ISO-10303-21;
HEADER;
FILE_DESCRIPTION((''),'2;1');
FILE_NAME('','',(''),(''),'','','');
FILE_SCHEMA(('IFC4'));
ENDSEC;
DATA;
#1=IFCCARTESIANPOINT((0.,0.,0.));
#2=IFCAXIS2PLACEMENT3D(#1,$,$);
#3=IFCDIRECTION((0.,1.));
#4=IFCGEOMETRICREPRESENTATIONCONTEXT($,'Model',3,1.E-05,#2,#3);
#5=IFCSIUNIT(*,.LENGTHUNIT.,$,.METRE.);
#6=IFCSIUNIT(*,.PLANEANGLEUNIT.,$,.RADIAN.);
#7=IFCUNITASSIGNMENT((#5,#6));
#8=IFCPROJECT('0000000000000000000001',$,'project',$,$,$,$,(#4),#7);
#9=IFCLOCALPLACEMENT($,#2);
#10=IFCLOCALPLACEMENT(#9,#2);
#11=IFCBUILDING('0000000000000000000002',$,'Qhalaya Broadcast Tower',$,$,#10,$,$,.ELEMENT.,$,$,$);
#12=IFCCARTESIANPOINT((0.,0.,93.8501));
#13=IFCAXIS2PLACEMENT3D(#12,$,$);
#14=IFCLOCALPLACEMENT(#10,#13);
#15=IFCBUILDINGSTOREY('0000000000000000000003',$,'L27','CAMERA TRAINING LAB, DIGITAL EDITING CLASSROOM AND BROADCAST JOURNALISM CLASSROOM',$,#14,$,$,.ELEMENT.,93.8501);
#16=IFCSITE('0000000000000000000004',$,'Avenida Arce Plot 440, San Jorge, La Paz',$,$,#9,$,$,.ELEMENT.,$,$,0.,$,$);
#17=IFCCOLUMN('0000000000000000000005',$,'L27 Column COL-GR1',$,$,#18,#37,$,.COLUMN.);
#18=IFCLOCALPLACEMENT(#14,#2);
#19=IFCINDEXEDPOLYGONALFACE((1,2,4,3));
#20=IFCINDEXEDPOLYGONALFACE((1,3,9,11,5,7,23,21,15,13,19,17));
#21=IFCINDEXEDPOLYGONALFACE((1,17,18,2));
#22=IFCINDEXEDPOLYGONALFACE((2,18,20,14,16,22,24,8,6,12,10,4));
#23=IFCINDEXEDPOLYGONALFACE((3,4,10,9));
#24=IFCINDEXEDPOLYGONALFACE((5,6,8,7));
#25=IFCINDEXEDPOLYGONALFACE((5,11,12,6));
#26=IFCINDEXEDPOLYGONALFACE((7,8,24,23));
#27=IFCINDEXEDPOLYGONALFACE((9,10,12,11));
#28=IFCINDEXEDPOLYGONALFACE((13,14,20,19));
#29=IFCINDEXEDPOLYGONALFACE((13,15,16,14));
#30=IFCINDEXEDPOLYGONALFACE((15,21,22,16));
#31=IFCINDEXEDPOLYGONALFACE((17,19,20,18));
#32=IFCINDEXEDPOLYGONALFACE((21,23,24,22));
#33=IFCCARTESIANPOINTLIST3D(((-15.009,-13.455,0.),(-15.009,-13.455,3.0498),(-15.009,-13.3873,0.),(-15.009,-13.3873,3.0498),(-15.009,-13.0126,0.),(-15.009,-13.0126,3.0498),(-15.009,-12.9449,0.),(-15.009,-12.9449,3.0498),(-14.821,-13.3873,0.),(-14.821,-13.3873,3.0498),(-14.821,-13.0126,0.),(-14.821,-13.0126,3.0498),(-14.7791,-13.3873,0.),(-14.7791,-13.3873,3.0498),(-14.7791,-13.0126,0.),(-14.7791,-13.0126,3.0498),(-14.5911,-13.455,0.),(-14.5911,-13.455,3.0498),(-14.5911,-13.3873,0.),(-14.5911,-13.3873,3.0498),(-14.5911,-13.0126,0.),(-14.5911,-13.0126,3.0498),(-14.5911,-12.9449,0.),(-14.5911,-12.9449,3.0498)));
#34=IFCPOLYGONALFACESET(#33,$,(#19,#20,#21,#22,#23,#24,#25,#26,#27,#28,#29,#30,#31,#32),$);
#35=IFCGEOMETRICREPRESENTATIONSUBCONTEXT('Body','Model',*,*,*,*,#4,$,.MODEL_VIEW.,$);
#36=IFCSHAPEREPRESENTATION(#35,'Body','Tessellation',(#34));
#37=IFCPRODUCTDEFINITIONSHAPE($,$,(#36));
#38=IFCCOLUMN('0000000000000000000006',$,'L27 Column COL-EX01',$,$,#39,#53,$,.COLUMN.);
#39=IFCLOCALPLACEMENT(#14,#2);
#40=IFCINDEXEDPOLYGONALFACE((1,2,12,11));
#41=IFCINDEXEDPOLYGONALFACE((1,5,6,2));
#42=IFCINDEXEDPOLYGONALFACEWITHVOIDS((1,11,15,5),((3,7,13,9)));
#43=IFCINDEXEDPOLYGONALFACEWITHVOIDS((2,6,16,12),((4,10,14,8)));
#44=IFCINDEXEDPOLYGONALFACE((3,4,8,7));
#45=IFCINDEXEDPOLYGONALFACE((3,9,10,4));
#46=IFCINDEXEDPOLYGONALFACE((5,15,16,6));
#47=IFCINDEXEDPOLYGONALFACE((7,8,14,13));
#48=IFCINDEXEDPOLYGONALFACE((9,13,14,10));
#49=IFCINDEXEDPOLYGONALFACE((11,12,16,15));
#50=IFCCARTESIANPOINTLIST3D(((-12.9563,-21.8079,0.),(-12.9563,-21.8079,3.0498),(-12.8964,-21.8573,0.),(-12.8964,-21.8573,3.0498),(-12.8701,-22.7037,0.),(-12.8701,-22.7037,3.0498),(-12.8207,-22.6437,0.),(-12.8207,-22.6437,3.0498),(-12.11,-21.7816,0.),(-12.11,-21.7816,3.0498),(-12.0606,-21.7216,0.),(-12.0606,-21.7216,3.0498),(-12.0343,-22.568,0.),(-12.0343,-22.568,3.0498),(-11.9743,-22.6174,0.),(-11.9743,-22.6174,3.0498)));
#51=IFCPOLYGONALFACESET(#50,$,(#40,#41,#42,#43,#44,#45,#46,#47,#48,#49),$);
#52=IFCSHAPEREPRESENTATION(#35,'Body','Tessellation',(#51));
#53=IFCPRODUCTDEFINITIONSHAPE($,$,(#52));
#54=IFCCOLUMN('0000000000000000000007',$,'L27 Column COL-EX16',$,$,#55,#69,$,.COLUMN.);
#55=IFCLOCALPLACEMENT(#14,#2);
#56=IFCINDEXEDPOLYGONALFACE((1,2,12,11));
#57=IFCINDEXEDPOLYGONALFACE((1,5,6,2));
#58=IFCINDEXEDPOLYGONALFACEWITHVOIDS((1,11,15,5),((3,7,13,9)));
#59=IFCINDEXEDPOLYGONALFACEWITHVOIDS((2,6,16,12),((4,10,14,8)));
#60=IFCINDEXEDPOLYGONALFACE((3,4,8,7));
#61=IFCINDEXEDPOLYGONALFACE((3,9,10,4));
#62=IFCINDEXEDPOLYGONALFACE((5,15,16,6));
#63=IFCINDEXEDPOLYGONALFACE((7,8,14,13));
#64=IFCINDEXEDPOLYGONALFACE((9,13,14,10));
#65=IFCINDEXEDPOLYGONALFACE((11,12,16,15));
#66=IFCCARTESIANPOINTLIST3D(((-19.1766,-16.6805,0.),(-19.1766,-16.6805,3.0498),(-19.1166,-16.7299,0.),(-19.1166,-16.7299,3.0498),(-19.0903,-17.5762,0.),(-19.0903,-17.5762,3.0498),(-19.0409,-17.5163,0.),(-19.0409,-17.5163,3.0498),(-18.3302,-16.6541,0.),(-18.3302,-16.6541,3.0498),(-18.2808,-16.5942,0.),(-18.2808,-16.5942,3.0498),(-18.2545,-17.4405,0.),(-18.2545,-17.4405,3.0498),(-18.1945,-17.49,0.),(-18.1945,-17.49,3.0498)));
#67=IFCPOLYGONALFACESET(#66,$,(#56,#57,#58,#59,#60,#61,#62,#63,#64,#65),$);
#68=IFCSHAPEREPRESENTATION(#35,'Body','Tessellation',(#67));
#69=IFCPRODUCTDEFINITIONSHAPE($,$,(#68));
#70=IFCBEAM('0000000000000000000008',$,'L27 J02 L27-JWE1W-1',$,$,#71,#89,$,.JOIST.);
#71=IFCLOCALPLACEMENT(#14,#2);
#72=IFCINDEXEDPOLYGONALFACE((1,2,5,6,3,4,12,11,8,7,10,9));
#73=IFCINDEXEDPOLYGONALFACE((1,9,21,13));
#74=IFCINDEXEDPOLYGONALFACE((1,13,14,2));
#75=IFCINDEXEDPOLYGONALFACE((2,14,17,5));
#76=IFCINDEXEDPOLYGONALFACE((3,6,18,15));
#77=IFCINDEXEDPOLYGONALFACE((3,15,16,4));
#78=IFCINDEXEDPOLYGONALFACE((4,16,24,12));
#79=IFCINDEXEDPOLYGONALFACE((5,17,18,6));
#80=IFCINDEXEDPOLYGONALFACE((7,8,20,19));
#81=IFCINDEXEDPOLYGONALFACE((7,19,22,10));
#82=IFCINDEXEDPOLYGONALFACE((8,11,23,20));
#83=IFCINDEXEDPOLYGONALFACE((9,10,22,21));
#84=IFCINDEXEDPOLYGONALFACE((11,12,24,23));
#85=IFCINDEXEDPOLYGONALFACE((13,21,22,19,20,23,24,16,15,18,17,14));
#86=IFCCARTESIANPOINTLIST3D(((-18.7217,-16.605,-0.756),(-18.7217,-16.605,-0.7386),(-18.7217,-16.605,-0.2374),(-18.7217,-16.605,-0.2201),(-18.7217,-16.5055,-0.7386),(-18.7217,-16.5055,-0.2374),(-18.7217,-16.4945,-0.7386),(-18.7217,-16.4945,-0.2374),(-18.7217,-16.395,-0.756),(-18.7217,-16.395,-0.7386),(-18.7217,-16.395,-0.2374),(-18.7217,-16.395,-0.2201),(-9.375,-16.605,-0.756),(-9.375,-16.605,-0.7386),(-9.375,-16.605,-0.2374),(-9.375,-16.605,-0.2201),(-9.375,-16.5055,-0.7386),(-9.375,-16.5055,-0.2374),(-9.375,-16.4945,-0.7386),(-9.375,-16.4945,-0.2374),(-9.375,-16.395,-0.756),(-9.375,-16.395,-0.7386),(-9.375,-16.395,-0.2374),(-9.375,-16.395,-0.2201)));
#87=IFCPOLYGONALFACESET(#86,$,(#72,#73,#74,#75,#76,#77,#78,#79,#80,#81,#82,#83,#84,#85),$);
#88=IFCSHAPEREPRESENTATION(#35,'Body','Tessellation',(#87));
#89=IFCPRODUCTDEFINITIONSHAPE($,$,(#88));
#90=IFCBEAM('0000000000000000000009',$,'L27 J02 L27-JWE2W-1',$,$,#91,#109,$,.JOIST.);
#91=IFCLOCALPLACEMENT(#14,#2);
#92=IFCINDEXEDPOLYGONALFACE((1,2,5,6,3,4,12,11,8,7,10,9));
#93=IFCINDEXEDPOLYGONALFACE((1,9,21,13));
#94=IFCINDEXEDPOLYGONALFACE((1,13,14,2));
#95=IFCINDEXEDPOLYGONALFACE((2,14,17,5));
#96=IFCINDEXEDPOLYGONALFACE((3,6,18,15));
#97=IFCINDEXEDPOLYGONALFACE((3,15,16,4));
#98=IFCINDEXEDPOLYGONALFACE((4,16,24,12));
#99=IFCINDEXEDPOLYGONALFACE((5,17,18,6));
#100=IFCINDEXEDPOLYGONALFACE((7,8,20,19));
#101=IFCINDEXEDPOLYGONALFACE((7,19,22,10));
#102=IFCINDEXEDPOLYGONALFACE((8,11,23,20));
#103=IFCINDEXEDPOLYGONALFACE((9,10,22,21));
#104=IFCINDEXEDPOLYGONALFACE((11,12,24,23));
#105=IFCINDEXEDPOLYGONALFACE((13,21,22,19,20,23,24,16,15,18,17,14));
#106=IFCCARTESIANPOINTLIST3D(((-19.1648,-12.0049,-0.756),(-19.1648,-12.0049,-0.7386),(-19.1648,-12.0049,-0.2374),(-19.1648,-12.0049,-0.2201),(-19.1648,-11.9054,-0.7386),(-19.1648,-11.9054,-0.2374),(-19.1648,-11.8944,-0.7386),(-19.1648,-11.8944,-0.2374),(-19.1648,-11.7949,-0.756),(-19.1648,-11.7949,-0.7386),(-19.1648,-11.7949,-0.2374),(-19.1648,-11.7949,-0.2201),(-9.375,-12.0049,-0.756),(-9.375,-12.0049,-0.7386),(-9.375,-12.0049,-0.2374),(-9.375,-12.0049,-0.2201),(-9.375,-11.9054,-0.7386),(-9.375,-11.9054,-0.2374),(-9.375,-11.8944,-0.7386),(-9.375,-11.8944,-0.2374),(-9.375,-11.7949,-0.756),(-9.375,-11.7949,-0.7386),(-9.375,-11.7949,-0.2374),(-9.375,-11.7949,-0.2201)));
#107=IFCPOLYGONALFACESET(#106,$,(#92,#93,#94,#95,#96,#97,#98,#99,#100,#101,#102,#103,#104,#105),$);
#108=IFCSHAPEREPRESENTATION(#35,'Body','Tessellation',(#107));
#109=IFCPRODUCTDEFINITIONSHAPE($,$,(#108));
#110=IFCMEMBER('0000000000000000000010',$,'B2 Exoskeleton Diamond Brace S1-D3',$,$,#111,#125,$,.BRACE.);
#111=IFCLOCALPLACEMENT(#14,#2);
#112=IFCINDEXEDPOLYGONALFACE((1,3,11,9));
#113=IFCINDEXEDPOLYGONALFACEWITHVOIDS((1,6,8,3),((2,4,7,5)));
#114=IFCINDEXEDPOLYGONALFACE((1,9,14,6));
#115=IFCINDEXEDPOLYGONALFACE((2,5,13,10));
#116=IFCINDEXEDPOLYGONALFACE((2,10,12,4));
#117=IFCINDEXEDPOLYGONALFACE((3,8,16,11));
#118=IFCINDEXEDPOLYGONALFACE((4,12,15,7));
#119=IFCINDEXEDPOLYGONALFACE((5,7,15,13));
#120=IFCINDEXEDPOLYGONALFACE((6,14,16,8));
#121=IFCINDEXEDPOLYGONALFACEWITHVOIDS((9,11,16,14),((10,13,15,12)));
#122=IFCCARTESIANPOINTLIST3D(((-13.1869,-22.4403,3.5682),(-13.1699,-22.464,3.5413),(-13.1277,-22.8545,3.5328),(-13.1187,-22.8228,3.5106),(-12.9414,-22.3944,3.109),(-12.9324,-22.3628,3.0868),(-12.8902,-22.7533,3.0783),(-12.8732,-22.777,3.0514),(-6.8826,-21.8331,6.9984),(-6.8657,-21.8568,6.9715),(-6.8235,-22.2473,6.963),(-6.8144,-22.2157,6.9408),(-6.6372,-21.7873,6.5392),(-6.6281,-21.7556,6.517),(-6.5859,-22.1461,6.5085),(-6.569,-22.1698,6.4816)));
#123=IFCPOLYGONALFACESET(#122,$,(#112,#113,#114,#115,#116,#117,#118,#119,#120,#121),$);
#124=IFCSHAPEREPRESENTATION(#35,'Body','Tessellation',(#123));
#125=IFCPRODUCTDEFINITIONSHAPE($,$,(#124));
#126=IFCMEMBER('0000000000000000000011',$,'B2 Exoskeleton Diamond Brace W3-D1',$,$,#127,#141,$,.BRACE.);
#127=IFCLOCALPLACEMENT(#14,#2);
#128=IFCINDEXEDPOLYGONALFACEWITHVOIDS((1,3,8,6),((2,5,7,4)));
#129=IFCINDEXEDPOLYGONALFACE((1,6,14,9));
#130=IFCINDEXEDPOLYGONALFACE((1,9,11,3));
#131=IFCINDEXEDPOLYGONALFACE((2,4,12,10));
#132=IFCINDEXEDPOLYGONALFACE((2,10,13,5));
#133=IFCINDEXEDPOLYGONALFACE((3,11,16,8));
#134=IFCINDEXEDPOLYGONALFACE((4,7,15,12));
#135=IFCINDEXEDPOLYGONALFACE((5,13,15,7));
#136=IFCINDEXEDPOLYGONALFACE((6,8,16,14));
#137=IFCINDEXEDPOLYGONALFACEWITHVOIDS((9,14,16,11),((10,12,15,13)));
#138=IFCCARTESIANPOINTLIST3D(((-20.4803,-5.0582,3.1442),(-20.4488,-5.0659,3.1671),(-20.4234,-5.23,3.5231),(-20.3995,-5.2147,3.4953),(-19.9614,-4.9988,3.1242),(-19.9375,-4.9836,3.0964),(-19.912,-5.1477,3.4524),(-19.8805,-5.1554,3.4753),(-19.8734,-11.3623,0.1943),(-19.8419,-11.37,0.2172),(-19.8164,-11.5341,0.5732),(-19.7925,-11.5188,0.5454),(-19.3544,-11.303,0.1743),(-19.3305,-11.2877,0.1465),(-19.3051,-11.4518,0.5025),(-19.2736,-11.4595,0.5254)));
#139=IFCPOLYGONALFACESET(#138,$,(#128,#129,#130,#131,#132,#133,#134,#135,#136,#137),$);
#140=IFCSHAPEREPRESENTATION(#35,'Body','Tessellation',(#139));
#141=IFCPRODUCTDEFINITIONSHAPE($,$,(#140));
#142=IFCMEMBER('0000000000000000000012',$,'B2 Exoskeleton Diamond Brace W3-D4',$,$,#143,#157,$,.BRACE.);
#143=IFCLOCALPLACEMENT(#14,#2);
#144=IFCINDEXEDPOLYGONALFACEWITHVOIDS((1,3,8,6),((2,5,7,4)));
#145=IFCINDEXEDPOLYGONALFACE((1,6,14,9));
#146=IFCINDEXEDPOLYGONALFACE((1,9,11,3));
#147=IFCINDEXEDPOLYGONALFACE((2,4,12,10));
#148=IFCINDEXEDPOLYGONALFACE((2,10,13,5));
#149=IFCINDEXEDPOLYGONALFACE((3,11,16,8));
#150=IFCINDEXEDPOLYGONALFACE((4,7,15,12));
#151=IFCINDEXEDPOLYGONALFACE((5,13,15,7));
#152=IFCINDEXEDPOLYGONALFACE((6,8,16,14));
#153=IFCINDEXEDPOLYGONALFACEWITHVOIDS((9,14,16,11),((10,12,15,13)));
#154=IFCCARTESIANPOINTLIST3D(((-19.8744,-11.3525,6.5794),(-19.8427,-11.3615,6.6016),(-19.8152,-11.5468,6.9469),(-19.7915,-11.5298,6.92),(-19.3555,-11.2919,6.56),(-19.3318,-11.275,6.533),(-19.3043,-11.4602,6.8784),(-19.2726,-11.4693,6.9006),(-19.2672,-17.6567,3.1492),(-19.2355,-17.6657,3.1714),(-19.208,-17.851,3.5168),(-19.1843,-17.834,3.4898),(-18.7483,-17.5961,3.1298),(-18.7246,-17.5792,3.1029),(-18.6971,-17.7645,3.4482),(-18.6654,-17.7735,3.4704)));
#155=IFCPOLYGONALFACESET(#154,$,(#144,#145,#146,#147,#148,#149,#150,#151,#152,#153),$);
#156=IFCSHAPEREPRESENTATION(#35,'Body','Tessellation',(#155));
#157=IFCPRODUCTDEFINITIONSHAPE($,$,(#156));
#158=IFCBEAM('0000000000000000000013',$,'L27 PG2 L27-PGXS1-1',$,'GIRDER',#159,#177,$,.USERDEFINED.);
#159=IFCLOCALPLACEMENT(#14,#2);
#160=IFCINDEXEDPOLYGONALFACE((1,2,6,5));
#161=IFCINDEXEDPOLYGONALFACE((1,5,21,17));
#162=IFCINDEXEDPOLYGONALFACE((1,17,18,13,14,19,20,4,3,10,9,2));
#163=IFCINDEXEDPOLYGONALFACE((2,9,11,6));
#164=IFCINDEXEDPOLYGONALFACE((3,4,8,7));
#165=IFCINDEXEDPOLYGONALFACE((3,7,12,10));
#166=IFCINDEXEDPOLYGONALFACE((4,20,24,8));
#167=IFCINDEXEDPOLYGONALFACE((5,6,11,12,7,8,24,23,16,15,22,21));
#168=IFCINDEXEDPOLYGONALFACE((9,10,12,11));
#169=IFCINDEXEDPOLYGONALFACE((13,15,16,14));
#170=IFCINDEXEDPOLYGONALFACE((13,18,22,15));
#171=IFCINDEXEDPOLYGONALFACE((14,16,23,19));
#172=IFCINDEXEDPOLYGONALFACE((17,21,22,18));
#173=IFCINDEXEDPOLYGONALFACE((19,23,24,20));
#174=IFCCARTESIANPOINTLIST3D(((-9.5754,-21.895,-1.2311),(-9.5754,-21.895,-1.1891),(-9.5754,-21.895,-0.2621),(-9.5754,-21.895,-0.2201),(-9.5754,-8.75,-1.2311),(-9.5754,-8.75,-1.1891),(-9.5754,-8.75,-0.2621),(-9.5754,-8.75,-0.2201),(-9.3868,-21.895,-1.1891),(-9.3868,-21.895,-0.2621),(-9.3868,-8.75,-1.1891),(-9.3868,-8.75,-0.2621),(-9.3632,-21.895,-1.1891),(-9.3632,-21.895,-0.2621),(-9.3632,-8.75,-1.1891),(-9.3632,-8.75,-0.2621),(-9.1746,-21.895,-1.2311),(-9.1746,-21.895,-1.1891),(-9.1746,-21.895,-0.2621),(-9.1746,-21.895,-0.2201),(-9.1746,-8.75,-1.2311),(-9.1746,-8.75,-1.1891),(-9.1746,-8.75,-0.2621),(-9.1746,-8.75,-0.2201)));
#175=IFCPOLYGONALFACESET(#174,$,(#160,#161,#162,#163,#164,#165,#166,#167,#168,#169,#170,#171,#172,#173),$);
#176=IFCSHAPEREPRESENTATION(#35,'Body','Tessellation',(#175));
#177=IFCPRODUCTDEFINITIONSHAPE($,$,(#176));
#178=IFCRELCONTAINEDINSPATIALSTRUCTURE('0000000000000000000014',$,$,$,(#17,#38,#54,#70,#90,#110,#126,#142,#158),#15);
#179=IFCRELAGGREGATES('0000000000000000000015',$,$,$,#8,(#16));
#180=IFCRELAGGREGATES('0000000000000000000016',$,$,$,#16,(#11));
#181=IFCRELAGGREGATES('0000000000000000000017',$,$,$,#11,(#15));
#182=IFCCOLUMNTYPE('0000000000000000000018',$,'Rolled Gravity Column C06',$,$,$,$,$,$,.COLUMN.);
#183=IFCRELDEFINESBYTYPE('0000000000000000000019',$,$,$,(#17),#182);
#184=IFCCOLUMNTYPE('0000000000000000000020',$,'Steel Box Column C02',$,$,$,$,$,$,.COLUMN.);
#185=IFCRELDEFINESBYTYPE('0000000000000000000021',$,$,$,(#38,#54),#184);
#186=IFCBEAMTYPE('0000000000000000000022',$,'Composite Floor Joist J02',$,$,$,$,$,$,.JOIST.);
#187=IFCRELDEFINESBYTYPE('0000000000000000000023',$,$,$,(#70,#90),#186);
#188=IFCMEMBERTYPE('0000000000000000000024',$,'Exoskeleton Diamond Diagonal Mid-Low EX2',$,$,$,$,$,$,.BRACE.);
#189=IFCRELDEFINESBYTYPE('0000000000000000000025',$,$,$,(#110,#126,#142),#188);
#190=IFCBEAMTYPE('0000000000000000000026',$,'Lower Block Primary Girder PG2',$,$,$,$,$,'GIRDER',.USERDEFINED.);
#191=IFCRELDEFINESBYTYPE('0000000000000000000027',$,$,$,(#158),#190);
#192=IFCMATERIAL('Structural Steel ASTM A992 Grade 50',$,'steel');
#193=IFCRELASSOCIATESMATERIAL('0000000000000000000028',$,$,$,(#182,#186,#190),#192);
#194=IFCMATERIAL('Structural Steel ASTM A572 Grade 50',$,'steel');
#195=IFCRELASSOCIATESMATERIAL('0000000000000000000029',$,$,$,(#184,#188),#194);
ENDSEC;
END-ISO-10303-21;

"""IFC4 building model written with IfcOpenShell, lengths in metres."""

from ifc_helpers import new_model, si_unit, direction, frame, origin, origin_2d, place, context, subcontext, project, spatial, hollow_rectangle, i_section, extrude, material, material_profile, profile_set, type_object, element, save


model = new_model("IFC4")

# Units and contexts
model_context = context("Model", 3, precision=1e-05, world=origin(), true_north=direction((0.0, 1.0)))
body_context = subcontext(model_context, "Body", "Model", "MODEL_VIEW")
ifc_project = project(units=[si_unit("LENGTHUNIT", "METRE"), si_unit("PLANEANGLEUNIT", "RADIAN")], contexts=[model_context])

# Site, building, storey
site_placement = place(None, origin())
site = spatial("IfcSite", under=ifc_project, at=site_placement, Name="Avenida Arce Plot 440, San Jorge, La Paz", CompositionType="ELEMENT", RefElevation=0.0)
building_placement = place(site_placement, origin())
building = spatial("IfcBuilding", under=site, at=building_placement, Name="Qhalaya Broadcast Tower", CompositionType="ELEMENT")
storey_placement = place(building_placement, frame((0.0, 0.0, 93.8501)))
storey = spatial("IfcBuildingStorey", under=building, at=storey_placement, Name="L27", Description="CAMERA TRAINING LAB, DIGITAL EDITING CLASSROOM AND BROADCAST JOURNALISM CLASSROOM", CompositionType="ELEMENT", Elevation=93.8501)

# Columns
ifc_material_1 = material(Name="Structural Steel ASTM A992 Grade 50", Category="steel")
ifc_material_profile_1 = material_profile(ifc_material_1, i_section(OverallWidth=0.418, OverallDepth=0.51, WebThickness=0.042, FlangeThickness=0.0676, at=origin_2d()), Name="W14X370")
ifc_profile_set_1 = profile_set([ifc_material_profile_1], Name="Structural Steel ASTM A992 Grade 50")
column_type_1 = type_object("IfcColumnType", Name="Rolled Gravity Column C06", PredefinedType="COLUMN", material=ifc_profile_set_1)
column_placement = place(storey_placement, frame((-14.8, -13.2, 0.0), z_axis=(0.0, 0.0, 1.0), x_axis=(1.0, 0.0, 0.0)))
element("IfcColumn", 1, at=column_placement, inside=storey, type_object=column_type_1, Name="L27 Column COL-GR1", PredefinedType="COLUMN", context=body_context, shape_type="SweptSolid", body=[
    extrude(i_section(OverallWidth=0.418, OverallDepth=0.51, WebThickness=0.042, FlangeThickness=0.0676, at=origin_2d()), origin(), (0.0, 0.0, 1.0), 3.0498),
])
ifc_material_2 = material(Name="Structural Steel ASTM A572 Grade 50", Category="steel")
ifc_material_profile_2 = material_profile(ifc_material_2, hollow_rectangle(XDim=0.8999, YDim=0.8999, WallThickness=0.0549, at=origin_2d()), Name="BOX 900x900x55")
ifc_profile_set_2 = profile_set([ifc_material_profile_2], Name="Structural Steel ASTM A572 Grade 50")
column_type_2 = type_object("IfcColumnType", Name="Steel Box Column C02", PredefinedType="COLUMN", material=ifc_profile_set_2)
for number, where, z_axis, x_axis, name in (
    (2, (-12.4653, -22.2126, 0.0), (0.0, 0.0, 1.0), (0.995396, 0.095846, 0.0), "L27 Column COL-EX01"),
    (3, (-18.6855, -17.0852, 0.0), (0.0, 0.0, 1.0), (-0.095846, 0.995396, 0.0), "L27 Column COL-EX16"),
):
    element("IfcColumn", number, at=place(storey_placement, frame(where, z_axis=z_axis, x_axis=x_axis)), inside=storey, type_object=column_type_2, Name=name, PredefinedType="COLUMN", context=body_context, shape_type="SweptSolid", body=[
        extrude(hollow_rectangle(XDim=0.8999, YDim=0.8999, WallThickness=0.0549, at=origin_2d()), origin(), (0.0, 0.0, 1.0), 3.0498),
    ])

# Beams
ifc_material_profile_3 = material_profile(ifc_material_1, i_section(OverallWidth=0.21, OverallDepth=0.5359, WebThickness=0.011, FlangeThickness=0.0173, at=origin_2d()), Name="W21X68")
ifc_profile_set_3 = profile_set([ifc_material_profile_3], Name="Structural Steel ASTM A992 Grade 50")
beam_type_1 = type_object("IfcBeamType", Name="Composite Floor Joist J02", PredefinedType="JOIST", material=ifc_profile_set_3)
beam_1_placement = place(storey_placement, frame((-18.7217, -16.5, -0.488), z_axis=(1.0, 0.0, 0.0), x_axis=(0.0, 1.0, 0.0)))
element("IfcBeam", 4, at=beam_1_placement, inside=storey, type_object=beam_type_1, Name="L27 J02 L27-JWE1W-1", PredefinedType="JOIST", context=body_context, shape_type="SweptSolid", body=[
    extrude(i_section(OverallWidth=0.21, OverallDepth=0.5359, WebThickness=0.011, FlangeThickness=0.0173, at=origin_2d()), origin(), (0.0, 0.0, 1.0), 9.3467),
])
beam_2_placement = place(storey_placement, frame((-19.1648, -11.8999, -0.488), z_axis=(1.0, 0.0, 0.0), x_axis=(0.0, 1.0, 0.0)))
element("IfcBeam", 5, at=beam_2_placement, inside=storey, type_object=beam_type_1, Name="L27 J02 L27-JWE2W-1", PredefinedType="JOIST", context=body_context, shape_type="SweptSolid", body=[
    extrude(i_section(OverallWidth=0.21, OverallDepth=0.5359, WebThickness=0.011, FlangeThickness=0.0173, at=origin_2d()), origin(), (0.0, 0.0, 1.0), 9.7898),
])

# Members
ifc_material_profile_4 = material_profile(ifc_material_2, hollow_rectangle(XDim=0.4199, YDim=0.55, WallThickness=0.0281, at=origin_2d()), Name="BOX 420x550x28")
ifc_profile_set_4 = profile_set([ifc_material_profile_4], Name="Structural Steel ASTM A572 Grade 50")
member_type = type_object("IfcMemberType", Name="Exoskeleton Diamond Diagonal Mid-Low EX2", PredefinedType="BRACE", material=ifc_profile_set_4)
member_1_placement = place(storey_placement, frame((-13.03, -22.6086, 3.3098), z_axis=(0.875265, 0.0843, 0.47624), x_axis=(-0.140864, 0.986435, 0.084279)))
element("IfcMember", 6, at=member_1_placement, inside=storey, type_object=member_type, Name="B2 Exoskeleton Diamond Brace S1-D3", PredefinedType="BRACE", context=body_context, shape_type="SweptSolid", body=[
    extrude(hollow_rectangle(XDim=0.4199, YDim=0.55, WallThickness=0.0281, at=origin_2d()), origin(), (0.0, 0.0, 1.0), 7.2026),
])
member_2_placement = place(storey_placement, frame((-19.5735, -11.4109, 0.3599), z_axis=(-0.08687, 0.902319, 0.422226), x_axis=(0.135681, -0.409163, 0.902317)))
element("IfcMember", 7, at=member_2_placement, inside=storey, type_object=member_type, Name="B2 Exoskeleton Diamond Brace W3-D1", PredefinedType="BRACE", context=body_context, shape_type="SweptSolid", body=[
    extrude(hollow_rectangle(XDim=0.4199, YDim=0.55, WallThickness=0.0281, at=origin_2d()), origin(), (0.0, 0.0, 1.0), 6.9866),
])
member_3_placement = place(storey_placement, frame((-18.9663, -17.7151, 3.3098), z_axis=(-0.0843, 0.875265, 0.47624), x_axis=(0.140851, -0.462675, 0.875267)))
element("IfcMember", 8, at=member_3_placement, inside=storey, type_object=member_type, Name="B2 Exoskeleton Diamond Brace W3-D4", PredefinedType="BRACE", context=body_context, shape_type="SweptSolid", body=[
    extrude(hollow_rectangle(XDim=0.4199, YDim=0.55, WallThickness=0.0281, at=origin_2d()), origin(), (0.0, 0.0, 1.0), 7.2026),
])

# Beam
ifc_material_profile_5 = material_profile(ifc_material_1, i_section(OverallWidth=0.4009, OverallDepth=1.011, WebThickness=0.0237, FlangeThickness=0.042, at=origin_2d()), Name="W40X297")
ifc_profile_set_5 = profile_set([ifc_material_profile_5], Name="Structural Steel ASTM A992 Grade 50")
beam_type_2 = type_object("IfcBeamType", Name="Lower Block Primary Girder PG2", ElementType="GIRDER", PredefinedType="USERDEFINED", material=ifc_profile_set_5)
beam_3_placement = place(storey_placement, frame((-9.375, -21.895, -0.7256), z_axis=(0.0, 1.0, 0.0), x_axis=(-1.0, 0.0, 0.0)))
element("IfcBeam", 9, at=beam_3_placement, inside=storey, type_object=beam_type_2, Name="L27 PG2 L27-PGXS1-1", ObjectType="GIRDER", PredefinedType="USERDEFINED", context=body_context, shape_type="SweptSolid", body=[
    extrude(i_section(OverallWidth=0.4009, OverallDepth=1.011, WebThickness=0.0237, FlangeThickness=0.042, at=origin_2d()), origin(), (0.0, 0.0, 1.0), 13.145),
])

save(model, "model.ifc")
